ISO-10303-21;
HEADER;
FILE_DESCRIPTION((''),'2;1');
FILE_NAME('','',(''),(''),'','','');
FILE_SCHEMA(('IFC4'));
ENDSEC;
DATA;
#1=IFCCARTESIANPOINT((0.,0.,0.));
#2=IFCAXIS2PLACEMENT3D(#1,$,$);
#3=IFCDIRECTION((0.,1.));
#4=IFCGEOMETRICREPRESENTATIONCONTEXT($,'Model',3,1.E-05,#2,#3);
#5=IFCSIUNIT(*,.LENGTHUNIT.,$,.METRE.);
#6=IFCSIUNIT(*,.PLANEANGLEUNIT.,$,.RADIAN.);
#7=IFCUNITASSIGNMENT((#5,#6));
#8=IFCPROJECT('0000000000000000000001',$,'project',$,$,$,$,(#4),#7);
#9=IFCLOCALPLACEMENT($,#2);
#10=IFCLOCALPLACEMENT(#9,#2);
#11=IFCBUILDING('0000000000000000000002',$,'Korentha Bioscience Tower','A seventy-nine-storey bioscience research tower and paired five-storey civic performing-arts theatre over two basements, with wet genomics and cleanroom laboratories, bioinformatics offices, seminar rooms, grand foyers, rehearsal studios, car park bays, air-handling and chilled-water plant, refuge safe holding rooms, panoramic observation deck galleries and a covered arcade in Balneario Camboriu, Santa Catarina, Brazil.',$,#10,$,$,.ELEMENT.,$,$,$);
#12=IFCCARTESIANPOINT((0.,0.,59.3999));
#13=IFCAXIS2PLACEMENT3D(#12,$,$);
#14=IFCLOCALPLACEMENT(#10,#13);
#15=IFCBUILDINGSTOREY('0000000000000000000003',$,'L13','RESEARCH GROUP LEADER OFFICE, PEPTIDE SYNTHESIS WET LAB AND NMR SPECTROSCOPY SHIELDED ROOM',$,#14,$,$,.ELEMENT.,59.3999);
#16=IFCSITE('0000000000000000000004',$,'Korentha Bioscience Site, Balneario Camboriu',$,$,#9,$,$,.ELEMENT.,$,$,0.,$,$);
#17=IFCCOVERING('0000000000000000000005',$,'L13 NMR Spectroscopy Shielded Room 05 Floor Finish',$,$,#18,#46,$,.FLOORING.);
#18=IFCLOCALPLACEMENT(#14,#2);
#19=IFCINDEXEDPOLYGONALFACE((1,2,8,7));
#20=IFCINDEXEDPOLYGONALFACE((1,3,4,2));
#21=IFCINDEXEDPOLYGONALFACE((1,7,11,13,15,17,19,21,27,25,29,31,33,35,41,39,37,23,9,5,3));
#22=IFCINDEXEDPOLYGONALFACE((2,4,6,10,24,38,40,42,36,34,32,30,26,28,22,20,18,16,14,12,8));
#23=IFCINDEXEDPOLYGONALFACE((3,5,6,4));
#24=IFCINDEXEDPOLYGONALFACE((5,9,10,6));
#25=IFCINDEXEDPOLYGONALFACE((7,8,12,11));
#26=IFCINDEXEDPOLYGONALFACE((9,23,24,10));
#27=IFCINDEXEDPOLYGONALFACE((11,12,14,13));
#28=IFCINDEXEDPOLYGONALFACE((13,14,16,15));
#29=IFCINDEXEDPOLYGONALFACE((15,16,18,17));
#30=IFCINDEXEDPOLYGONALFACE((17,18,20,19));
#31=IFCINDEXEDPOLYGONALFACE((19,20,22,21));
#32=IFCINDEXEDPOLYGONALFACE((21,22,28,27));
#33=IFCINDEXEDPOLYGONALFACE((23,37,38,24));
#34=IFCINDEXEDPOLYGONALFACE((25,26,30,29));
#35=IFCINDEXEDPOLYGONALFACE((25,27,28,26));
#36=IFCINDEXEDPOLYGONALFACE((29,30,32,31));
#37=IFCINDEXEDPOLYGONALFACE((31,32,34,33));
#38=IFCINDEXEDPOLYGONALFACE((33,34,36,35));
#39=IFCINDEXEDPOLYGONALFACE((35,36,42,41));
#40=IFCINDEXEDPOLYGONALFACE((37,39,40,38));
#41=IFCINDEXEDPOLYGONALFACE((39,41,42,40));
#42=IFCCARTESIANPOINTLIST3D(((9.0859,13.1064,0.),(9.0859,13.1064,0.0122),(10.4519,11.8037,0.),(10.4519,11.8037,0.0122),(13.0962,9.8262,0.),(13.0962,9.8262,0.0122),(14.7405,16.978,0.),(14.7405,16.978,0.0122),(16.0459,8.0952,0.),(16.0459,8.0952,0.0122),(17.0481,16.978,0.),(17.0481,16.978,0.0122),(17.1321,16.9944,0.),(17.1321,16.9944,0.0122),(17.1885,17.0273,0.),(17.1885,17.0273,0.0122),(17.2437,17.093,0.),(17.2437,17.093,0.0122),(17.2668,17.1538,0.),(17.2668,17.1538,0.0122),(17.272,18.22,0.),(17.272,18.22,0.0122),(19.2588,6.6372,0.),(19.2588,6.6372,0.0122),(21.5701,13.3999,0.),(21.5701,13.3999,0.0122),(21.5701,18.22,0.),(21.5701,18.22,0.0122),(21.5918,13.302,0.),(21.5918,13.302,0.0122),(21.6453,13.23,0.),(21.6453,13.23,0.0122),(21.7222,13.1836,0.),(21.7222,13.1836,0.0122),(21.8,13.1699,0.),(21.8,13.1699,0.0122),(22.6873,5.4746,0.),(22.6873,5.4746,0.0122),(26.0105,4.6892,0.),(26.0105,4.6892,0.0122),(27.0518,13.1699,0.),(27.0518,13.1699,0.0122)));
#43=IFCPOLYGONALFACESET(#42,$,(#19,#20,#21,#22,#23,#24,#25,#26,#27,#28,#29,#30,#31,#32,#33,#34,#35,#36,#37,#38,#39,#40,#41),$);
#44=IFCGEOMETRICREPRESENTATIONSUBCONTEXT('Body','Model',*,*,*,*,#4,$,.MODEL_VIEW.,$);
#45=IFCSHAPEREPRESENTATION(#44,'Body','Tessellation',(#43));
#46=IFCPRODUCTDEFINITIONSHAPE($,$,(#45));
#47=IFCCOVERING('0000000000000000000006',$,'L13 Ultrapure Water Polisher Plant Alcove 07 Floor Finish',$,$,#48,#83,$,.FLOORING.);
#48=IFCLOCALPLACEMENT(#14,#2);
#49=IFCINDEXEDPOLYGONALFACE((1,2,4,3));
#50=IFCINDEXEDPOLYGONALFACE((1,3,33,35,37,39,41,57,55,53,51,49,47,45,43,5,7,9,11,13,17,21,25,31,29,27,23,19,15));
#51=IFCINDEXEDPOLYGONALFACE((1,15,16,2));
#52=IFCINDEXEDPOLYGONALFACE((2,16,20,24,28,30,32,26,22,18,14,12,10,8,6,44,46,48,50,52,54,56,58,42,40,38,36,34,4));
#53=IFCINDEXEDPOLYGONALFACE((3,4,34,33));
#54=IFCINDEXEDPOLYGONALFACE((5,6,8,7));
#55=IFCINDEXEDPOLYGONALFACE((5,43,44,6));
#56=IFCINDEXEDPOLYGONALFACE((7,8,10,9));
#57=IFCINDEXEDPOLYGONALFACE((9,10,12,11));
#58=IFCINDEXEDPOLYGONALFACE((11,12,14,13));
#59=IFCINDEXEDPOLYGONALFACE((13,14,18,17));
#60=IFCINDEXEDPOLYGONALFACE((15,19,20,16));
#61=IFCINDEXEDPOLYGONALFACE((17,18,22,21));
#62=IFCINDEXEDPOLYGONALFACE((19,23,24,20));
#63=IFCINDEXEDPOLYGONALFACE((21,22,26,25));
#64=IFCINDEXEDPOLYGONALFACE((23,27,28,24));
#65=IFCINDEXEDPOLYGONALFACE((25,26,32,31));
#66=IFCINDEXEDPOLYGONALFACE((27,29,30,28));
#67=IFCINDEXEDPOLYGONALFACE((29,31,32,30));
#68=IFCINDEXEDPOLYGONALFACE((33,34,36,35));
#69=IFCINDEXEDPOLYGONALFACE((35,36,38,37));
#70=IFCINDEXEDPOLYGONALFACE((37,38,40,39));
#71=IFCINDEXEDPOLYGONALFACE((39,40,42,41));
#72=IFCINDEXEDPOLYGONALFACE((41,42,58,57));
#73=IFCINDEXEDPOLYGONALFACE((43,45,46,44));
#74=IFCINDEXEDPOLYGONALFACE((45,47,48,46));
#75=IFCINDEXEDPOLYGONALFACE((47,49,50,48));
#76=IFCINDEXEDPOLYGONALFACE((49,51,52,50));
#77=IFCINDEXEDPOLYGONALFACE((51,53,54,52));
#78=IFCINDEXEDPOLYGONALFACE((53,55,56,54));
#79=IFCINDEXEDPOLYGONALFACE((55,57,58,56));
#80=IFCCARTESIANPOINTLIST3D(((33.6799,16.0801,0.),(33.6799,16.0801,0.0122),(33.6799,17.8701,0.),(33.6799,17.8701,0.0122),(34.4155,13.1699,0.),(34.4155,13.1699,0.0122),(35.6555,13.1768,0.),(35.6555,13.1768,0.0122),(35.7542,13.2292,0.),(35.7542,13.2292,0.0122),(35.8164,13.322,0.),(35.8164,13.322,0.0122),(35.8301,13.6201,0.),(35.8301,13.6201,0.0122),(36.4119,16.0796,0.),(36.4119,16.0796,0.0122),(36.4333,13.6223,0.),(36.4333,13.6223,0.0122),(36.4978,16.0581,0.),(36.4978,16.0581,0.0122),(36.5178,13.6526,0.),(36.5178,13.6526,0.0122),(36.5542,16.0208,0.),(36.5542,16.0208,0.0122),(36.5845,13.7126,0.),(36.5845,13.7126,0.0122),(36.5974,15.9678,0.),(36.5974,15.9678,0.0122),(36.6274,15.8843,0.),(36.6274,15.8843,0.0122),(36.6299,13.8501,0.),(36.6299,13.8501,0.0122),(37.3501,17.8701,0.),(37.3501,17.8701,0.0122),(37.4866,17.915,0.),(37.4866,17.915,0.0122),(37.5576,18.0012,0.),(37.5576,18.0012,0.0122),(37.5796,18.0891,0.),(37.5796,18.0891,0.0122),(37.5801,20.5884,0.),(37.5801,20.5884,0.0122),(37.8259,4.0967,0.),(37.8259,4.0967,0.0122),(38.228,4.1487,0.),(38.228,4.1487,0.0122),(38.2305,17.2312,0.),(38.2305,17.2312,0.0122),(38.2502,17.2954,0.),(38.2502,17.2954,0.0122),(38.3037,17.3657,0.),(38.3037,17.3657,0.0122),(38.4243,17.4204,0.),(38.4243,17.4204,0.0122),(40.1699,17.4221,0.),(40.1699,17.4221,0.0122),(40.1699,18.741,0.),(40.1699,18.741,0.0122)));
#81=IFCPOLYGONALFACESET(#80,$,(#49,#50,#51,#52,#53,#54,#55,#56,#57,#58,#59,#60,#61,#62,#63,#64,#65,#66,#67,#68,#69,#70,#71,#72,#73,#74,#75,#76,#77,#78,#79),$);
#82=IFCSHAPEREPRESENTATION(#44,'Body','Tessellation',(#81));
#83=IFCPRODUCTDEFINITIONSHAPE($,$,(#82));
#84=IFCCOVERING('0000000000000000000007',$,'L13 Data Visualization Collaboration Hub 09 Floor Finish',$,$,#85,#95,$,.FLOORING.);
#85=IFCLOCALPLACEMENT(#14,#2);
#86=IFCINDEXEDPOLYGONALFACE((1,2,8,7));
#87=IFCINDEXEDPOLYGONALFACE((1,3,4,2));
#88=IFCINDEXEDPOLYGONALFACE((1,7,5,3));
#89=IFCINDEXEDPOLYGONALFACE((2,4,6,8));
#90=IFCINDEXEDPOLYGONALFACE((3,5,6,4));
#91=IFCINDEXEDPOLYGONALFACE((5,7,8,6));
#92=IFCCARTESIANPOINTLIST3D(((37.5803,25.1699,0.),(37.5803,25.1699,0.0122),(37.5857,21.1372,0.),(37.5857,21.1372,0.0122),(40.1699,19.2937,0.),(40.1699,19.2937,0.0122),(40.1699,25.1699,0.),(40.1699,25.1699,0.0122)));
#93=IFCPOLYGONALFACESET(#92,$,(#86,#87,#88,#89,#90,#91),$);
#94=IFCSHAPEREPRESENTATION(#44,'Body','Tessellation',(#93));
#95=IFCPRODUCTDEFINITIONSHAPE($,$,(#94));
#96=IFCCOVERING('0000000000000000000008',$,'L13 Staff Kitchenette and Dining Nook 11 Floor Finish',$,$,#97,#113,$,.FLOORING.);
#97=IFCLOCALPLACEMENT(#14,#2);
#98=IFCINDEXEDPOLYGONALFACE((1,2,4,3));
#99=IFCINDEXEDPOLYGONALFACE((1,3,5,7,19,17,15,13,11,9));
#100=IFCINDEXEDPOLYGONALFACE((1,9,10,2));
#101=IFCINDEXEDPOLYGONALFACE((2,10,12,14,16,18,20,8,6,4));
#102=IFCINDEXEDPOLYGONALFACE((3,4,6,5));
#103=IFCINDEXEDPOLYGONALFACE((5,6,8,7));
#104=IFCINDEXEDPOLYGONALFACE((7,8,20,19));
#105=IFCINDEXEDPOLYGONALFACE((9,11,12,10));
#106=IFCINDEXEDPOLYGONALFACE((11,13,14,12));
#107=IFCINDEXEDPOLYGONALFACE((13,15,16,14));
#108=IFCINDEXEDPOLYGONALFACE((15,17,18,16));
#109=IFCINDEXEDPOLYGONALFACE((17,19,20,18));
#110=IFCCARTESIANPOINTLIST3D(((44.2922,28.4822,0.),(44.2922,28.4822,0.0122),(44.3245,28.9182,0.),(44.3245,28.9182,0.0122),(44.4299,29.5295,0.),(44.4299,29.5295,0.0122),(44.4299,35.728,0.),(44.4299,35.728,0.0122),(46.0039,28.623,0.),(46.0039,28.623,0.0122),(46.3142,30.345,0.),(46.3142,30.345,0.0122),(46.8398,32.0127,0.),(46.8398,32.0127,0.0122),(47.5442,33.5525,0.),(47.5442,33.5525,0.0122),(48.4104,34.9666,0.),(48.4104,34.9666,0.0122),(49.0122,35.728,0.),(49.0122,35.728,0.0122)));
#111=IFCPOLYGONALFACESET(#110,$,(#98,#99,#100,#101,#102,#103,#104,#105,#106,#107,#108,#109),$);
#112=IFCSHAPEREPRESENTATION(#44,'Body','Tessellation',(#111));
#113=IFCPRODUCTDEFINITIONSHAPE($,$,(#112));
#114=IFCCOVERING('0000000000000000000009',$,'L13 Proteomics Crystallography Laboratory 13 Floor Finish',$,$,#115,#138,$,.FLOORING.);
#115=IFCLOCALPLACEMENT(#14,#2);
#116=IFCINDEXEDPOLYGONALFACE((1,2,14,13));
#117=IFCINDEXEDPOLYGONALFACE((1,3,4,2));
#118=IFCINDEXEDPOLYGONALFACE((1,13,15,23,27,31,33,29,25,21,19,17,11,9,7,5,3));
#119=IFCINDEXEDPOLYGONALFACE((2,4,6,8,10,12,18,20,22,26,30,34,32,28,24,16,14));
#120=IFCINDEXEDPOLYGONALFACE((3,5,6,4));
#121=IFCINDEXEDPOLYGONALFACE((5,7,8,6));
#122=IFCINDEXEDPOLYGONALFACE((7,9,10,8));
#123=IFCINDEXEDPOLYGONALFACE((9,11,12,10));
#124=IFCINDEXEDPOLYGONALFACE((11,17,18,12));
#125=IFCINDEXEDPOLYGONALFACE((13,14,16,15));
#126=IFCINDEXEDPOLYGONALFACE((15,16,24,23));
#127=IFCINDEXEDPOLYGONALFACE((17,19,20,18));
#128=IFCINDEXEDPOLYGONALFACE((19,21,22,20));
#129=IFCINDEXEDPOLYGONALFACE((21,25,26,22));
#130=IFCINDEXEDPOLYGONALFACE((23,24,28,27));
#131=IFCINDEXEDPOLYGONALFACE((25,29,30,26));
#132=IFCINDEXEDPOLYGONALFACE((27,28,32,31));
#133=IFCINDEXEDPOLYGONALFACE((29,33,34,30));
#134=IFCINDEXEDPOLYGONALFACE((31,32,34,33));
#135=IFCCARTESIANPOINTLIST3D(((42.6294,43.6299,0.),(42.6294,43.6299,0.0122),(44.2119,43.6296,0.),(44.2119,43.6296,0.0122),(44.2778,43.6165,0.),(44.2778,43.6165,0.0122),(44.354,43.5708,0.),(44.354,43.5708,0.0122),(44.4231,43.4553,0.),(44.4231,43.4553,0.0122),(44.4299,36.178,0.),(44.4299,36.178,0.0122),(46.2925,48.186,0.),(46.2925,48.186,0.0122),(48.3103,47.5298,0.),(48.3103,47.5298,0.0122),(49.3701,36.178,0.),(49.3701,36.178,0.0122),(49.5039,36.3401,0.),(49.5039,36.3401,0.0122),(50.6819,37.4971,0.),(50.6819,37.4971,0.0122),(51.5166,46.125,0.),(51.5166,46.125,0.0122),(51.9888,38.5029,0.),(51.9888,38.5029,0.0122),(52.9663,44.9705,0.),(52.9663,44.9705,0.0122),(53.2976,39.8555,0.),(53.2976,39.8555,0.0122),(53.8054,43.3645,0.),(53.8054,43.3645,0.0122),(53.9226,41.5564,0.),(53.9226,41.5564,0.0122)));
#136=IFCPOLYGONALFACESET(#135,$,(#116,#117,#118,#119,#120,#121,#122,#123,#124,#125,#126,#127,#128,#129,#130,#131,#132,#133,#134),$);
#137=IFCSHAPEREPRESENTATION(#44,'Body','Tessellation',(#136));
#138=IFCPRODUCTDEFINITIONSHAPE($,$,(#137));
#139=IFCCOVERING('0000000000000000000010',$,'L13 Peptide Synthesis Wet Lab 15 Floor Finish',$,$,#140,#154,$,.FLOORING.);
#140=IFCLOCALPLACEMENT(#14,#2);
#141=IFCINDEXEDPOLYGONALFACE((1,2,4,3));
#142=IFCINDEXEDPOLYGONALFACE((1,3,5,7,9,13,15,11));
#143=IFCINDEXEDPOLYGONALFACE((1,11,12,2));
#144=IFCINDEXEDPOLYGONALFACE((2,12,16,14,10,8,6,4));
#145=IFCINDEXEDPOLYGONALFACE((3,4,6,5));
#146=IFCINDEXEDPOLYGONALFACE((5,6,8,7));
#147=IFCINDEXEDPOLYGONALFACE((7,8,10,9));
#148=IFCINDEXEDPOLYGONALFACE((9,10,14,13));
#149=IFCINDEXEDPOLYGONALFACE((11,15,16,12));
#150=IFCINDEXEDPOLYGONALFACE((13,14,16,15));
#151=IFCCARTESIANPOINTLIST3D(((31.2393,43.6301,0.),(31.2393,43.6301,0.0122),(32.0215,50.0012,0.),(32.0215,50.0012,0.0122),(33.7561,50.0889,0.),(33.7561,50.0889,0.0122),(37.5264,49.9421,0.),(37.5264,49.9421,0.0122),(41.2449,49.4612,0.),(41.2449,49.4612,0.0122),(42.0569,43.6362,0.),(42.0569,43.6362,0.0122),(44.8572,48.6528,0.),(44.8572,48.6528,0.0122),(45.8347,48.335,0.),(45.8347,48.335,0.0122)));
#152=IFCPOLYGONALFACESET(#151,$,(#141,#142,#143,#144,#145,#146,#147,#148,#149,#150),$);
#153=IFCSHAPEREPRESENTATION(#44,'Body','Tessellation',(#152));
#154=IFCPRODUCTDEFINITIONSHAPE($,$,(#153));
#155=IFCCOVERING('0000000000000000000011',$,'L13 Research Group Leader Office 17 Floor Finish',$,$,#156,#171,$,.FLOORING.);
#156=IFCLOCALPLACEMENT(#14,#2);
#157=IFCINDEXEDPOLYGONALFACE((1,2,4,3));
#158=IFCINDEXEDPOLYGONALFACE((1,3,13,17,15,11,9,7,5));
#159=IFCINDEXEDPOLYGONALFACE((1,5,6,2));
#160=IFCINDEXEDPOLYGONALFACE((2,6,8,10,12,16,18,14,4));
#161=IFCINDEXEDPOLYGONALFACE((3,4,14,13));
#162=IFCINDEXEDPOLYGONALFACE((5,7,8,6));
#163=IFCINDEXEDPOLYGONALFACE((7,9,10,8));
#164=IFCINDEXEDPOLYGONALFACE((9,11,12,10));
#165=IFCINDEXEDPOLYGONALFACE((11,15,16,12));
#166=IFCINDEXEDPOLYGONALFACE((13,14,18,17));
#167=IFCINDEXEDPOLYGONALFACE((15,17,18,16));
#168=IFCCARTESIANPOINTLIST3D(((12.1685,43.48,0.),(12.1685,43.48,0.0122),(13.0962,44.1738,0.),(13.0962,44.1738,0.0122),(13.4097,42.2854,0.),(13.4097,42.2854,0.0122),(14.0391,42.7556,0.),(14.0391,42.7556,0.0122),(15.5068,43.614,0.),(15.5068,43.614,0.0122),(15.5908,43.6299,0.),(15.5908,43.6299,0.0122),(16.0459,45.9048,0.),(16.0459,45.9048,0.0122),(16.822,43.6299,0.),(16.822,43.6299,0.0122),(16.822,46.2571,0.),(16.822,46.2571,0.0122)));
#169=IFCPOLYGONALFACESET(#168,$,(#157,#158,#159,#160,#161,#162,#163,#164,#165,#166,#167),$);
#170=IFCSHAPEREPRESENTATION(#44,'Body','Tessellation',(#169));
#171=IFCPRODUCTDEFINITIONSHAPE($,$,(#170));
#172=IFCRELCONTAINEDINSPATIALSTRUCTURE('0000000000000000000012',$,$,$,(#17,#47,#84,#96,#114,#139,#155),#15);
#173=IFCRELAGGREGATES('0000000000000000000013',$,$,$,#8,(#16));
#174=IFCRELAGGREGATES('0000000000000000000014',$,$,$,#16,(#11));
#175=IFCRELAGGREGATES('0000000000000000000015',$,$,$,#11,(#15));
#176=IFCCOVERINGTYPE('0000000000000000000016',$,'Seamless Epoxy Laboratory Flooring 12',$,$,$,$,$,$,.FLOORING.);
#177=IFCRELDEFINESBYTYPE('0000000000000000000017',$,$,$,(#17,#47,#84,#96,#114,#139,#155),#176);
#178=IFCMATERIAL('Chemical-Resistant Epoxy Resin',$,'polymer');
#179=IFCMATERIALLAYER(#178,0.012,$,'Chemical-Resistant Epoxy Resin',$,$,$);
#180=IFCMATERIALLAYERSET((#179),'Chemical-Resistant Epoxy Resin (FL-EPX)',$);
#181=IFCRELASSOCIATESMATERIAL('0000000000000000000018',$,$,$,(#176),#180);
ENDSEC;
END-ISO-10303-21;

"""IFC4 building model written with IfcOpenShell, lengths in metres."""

from ifc_helpers import new_model, si_unit, direction, frame, origin, place, context, subcontext, project, spatial, polyline, outline, extrude, material, layer, layer_set, type_object, element, save


model = new_model("IFC4")

# Units and contexts
model_context = context("Model", 3, precision=1e-05, world=origin(), true_north=direction((0.0, 1.0)))
body_context = subcontext(model_context, "Body", "Model", "MODEL_VIEW")
ifc_project = project(units=[si_unit("LENGTHUNIT", "METRE"), si_unit("PLANEANGLEUNIT", "RADIAN")], contexts=[model_context])

# Site, building, storey
site_placement = place(None, origin())
site = spatial("IfcSite", under=ifc_project, at=site_placement, Name="Korentha Bioscience Site, Balneario Camboriu", CompositionType="ELEMENT", RefElevation=0.0)
building_placement = place(site_placement, origin())
building = spatial("IfcBuilding", under=site, at=building_placement, Name="Korentha Bioscience Tower", Description="A seventy-nine-storey bioscience research tower and paired five-storey civic performing-arts theatre over two basements, with wet genomics and cleanroom laboratories, bioinformatics offices, seminar rooms, grand foyers, rehearsal studios, car park bays, air-handling and chilled-water plant, refuge safe holding rooms, panoramic observation deck galleries and a covered arcade in Balneario Camboriu, Santa Catarina, Brazil.", CompositionType="ELEMENT")
storey_placement = place(building_placement, frame((0.0, 0.0, 59.3999)))
storey = spatial("IfcBuildingStorey", under=building, at=storey_placement, Name="L13", Description="RESEARCH GROUP LEADER OFFICE, PEPTIDE SYNTHESIS WET LAB AND NMR SPECTROSCOPY SHIELDED ROOM", CompositionType="ELEMENT", Elevation=59.3999)

# Coverings
ifc_material_1 = material(Name="Chemical-Resistant Epoxy Resin", Category="polymer")
ifc_layer_1 = layer(ifc_material_1, 0.012, Name="Chemical-Resistant Epoxy Resin")
ifc_layer_set_1 = layer_set([ifc_layer_1], Name="Chemical-Resistant Epoxy Resin (FL-EPX)")
covering_type_1 = type_object("IfcCoveringType", Name="Seamless Epoxy Laboratory Flooring 12", PredefinedType="FLOORING", material=ifc_layer_set_1)
covering_1_placement = place(storey_placement, origin())
element("IfcCovering", 1, at=covering_1_placement, inside=storey, type_object=covering_type_1, Name="L13 NMR Spectroscopy Shielded Room 05 Floor Finish", PredefinedType="FLOORING", context=body_context, shape_type="SweptSolid", body=[
    extrude(outline(polyline([(17.0481, 16.978), (17.1321, 16.9944), (17.1885, 17.0273), (17.2437, 17.093), (17.2668, 17.1538), (17.272, 18.22), (21.5701, 18.22), (21.5701, 13.3999), (21.5918, 13.302), (21.6453, 13.23), (21.7222, 13.1836), (21.8, 13.1699), (27.0518, 13.1699), (26.0105, 4.6892), (22.6873, 5.4746), (19.2588, 6.6372), (16.0459, 8.0952), (13.0962, 9.8262), (10.4519, 11.8037), (9.0859, 13.1064), (14.7405, 16.978), (17.0481, 16.978)])), origin(), (0.0, 0.0, 1.0), 0.0122),
])
covering_2_placement = place(storey_placement, origin())
element("IfcCovering", 2, at=covering_2_placement, inside=storey, type_object=covering_type_1, Name="L13 Ultrapure Water Polisher Plant Alcove 07 Floor Finish", PredefinedType="FLOORING", context=body_context, shape_type="SweptSolid", body=[
    extrude(outline(polyline([(34.4155, 13.1699), (35.6555, 13.1768), (35.7542, 13.2292), (35.8164, 13.322), (35.8301, 13.6201), (36.4333, 13.6223), (36.5178, 13.6526), (36.5845, 13.7126), (36.6299, 13.8501), (36.6274, 15.8843), (36.5974, 15.9678), (36.5542, 16.0208), (36.4978, 16.0581), (36.4119, 16.0796), (33.6799, 16.0801), (33.6799, 17.8701), (37.3501, 17.8701), (37.4866, 17.915), (37.5576, 18.0012), (37.5796, 18.0891), (37.5801, 20.5884), (40.1699, 18.741), (40.1699, 17.4221), (38.4243, 17.4204), (38.3037, 17.3657), (38.2502, 17.2954), (38.2305, 17.2312), (38.228, 4.1487), (37.8259, 4.0967), (34.4155, 13.1699)])), origin(), (0.0, 0.0, 1.0), 0.0122),
])
covering_3_placement = place(storey_placement, origin())
element("IfcCovering", 3, at=covering_3_placement, inside=storey, type_object=covering_type_1, Name="L13 Data Visualization Collaboration Hub 09 Floor Finish", PredefinedType="FLOORING", context=body_context, shape_type="SweptSolid", body=[
    extrude(outline(polyline([(40.1699, 19.2937), (37.5857, 21.1372), (37.5803, 25.1699), (40.1699, 25.1699), (40.1699, 19.2937)])), origin(), (0.0, 0.0, 1.0), 0.0122),
])
covering_4_placement = place(storey_placement, origin())
element("IfcCovering", 4, at=covering_4_placement, inside=storey, type_object=covering_type_1, Name="L13 Staff Kitchenette and Dining Nook 11 Floor Finish", PredefinedType="FLOORING", context=body_context, shape_type="SweptSolid", body=[
    extrude(outline(polyline([(46.8398, 32.0127), (46.3142, 30.345), (46.0039, 28.623), (44.2922, 28.4822), (44.3245, 28.9182), (44.4299, 29.5295), (44.4299, 35.728), (49.0122, 35.728), (48.4104, 34.9666), (47.5442, 33.5525), (46.8398, 32.0127)])), origin(), (0.0, 0.0, 1.0), 0.0122),
])
covering_5_placement = place(storey_placement, origin())
element("IfcCovering", 5, at=covering_5_placement, inside=storey, type_object=covering_type_1, Name="L13 Proteomics Crystallography Laboratory 13 Floor Finish", PredefinedType="FLOORING", context=body_context, shape_type="SweptSolid", body=[
    extrude(outline(polyline([(44.4299, 36.178), (44.4231, 43.4553), (44.354, 43.5708), (44.2778, 43.6165), (44.2119, 43.6296), (42.6294, 43.6299), (46.2925, 48.186), (48.3103, 47.5298), (51.5166, 46.125), (52.9663, 44.9705), (53.8054, 43.3645), (53.9226, 41.5564), (53.2976, 39.8555), (51.9888, 38.5029), (50.6819, 37.4971), (49.5039, 36.3401), (49.3701, 36.178), (44.4299, 36.178)])), origin(), (0.0, 0.0, 1.0), 0.0122),
])
covering_6_placement = place(storey_placement, origin())
element("IfcCovering", 6, at=covering_6_placement, inside=storey, type_object=covering_type_1, Name="L13 Peptide Synthesis Wet Lab 15 Floor Finish", PredefinedType="FLOORING", context=body_context, shape_type="SweptSolid", body=[
    extrude(outline(polyline([(33.7561, 50.0889), (37.5264, 49.9421), (41.2449, 49.4612), (44.8572, 48.6528), (45.8347, 48.335), (42.0569, 43.6362), (31.2393, 43.6301), (32.0215, 50.0012), (33.7561, 50.0889)])), origin(), (0.0, 0.0, 1.0), 0.0122),
])
covering_7_placement = place(storey_placement, origin())
element("IfcCovering", 7, at=covering_7_placement, inside=storey, type_object=covering_type_1, Name="L13 Research Group Leader Office 17 Floor Finish", PredefinedType="FLOORING", context=body_context, shape_type="SweptSolid", body=[
    extrude(outline(polyline([(16.822, 46.2571), (16.822, 43.6299), (15.5908, 43.6299), (15.5068, 43.614), (14.0391, 42.7556), (13.4097, 42.2854), (12.1685, 43.48), (13.0962, 44.1738), (16.0459, 45.9048), (16.822, 46.2571)])), origin(), (0.0, 0.0, 1.0), 0.0122),
])

save(model, "model.ifc")
